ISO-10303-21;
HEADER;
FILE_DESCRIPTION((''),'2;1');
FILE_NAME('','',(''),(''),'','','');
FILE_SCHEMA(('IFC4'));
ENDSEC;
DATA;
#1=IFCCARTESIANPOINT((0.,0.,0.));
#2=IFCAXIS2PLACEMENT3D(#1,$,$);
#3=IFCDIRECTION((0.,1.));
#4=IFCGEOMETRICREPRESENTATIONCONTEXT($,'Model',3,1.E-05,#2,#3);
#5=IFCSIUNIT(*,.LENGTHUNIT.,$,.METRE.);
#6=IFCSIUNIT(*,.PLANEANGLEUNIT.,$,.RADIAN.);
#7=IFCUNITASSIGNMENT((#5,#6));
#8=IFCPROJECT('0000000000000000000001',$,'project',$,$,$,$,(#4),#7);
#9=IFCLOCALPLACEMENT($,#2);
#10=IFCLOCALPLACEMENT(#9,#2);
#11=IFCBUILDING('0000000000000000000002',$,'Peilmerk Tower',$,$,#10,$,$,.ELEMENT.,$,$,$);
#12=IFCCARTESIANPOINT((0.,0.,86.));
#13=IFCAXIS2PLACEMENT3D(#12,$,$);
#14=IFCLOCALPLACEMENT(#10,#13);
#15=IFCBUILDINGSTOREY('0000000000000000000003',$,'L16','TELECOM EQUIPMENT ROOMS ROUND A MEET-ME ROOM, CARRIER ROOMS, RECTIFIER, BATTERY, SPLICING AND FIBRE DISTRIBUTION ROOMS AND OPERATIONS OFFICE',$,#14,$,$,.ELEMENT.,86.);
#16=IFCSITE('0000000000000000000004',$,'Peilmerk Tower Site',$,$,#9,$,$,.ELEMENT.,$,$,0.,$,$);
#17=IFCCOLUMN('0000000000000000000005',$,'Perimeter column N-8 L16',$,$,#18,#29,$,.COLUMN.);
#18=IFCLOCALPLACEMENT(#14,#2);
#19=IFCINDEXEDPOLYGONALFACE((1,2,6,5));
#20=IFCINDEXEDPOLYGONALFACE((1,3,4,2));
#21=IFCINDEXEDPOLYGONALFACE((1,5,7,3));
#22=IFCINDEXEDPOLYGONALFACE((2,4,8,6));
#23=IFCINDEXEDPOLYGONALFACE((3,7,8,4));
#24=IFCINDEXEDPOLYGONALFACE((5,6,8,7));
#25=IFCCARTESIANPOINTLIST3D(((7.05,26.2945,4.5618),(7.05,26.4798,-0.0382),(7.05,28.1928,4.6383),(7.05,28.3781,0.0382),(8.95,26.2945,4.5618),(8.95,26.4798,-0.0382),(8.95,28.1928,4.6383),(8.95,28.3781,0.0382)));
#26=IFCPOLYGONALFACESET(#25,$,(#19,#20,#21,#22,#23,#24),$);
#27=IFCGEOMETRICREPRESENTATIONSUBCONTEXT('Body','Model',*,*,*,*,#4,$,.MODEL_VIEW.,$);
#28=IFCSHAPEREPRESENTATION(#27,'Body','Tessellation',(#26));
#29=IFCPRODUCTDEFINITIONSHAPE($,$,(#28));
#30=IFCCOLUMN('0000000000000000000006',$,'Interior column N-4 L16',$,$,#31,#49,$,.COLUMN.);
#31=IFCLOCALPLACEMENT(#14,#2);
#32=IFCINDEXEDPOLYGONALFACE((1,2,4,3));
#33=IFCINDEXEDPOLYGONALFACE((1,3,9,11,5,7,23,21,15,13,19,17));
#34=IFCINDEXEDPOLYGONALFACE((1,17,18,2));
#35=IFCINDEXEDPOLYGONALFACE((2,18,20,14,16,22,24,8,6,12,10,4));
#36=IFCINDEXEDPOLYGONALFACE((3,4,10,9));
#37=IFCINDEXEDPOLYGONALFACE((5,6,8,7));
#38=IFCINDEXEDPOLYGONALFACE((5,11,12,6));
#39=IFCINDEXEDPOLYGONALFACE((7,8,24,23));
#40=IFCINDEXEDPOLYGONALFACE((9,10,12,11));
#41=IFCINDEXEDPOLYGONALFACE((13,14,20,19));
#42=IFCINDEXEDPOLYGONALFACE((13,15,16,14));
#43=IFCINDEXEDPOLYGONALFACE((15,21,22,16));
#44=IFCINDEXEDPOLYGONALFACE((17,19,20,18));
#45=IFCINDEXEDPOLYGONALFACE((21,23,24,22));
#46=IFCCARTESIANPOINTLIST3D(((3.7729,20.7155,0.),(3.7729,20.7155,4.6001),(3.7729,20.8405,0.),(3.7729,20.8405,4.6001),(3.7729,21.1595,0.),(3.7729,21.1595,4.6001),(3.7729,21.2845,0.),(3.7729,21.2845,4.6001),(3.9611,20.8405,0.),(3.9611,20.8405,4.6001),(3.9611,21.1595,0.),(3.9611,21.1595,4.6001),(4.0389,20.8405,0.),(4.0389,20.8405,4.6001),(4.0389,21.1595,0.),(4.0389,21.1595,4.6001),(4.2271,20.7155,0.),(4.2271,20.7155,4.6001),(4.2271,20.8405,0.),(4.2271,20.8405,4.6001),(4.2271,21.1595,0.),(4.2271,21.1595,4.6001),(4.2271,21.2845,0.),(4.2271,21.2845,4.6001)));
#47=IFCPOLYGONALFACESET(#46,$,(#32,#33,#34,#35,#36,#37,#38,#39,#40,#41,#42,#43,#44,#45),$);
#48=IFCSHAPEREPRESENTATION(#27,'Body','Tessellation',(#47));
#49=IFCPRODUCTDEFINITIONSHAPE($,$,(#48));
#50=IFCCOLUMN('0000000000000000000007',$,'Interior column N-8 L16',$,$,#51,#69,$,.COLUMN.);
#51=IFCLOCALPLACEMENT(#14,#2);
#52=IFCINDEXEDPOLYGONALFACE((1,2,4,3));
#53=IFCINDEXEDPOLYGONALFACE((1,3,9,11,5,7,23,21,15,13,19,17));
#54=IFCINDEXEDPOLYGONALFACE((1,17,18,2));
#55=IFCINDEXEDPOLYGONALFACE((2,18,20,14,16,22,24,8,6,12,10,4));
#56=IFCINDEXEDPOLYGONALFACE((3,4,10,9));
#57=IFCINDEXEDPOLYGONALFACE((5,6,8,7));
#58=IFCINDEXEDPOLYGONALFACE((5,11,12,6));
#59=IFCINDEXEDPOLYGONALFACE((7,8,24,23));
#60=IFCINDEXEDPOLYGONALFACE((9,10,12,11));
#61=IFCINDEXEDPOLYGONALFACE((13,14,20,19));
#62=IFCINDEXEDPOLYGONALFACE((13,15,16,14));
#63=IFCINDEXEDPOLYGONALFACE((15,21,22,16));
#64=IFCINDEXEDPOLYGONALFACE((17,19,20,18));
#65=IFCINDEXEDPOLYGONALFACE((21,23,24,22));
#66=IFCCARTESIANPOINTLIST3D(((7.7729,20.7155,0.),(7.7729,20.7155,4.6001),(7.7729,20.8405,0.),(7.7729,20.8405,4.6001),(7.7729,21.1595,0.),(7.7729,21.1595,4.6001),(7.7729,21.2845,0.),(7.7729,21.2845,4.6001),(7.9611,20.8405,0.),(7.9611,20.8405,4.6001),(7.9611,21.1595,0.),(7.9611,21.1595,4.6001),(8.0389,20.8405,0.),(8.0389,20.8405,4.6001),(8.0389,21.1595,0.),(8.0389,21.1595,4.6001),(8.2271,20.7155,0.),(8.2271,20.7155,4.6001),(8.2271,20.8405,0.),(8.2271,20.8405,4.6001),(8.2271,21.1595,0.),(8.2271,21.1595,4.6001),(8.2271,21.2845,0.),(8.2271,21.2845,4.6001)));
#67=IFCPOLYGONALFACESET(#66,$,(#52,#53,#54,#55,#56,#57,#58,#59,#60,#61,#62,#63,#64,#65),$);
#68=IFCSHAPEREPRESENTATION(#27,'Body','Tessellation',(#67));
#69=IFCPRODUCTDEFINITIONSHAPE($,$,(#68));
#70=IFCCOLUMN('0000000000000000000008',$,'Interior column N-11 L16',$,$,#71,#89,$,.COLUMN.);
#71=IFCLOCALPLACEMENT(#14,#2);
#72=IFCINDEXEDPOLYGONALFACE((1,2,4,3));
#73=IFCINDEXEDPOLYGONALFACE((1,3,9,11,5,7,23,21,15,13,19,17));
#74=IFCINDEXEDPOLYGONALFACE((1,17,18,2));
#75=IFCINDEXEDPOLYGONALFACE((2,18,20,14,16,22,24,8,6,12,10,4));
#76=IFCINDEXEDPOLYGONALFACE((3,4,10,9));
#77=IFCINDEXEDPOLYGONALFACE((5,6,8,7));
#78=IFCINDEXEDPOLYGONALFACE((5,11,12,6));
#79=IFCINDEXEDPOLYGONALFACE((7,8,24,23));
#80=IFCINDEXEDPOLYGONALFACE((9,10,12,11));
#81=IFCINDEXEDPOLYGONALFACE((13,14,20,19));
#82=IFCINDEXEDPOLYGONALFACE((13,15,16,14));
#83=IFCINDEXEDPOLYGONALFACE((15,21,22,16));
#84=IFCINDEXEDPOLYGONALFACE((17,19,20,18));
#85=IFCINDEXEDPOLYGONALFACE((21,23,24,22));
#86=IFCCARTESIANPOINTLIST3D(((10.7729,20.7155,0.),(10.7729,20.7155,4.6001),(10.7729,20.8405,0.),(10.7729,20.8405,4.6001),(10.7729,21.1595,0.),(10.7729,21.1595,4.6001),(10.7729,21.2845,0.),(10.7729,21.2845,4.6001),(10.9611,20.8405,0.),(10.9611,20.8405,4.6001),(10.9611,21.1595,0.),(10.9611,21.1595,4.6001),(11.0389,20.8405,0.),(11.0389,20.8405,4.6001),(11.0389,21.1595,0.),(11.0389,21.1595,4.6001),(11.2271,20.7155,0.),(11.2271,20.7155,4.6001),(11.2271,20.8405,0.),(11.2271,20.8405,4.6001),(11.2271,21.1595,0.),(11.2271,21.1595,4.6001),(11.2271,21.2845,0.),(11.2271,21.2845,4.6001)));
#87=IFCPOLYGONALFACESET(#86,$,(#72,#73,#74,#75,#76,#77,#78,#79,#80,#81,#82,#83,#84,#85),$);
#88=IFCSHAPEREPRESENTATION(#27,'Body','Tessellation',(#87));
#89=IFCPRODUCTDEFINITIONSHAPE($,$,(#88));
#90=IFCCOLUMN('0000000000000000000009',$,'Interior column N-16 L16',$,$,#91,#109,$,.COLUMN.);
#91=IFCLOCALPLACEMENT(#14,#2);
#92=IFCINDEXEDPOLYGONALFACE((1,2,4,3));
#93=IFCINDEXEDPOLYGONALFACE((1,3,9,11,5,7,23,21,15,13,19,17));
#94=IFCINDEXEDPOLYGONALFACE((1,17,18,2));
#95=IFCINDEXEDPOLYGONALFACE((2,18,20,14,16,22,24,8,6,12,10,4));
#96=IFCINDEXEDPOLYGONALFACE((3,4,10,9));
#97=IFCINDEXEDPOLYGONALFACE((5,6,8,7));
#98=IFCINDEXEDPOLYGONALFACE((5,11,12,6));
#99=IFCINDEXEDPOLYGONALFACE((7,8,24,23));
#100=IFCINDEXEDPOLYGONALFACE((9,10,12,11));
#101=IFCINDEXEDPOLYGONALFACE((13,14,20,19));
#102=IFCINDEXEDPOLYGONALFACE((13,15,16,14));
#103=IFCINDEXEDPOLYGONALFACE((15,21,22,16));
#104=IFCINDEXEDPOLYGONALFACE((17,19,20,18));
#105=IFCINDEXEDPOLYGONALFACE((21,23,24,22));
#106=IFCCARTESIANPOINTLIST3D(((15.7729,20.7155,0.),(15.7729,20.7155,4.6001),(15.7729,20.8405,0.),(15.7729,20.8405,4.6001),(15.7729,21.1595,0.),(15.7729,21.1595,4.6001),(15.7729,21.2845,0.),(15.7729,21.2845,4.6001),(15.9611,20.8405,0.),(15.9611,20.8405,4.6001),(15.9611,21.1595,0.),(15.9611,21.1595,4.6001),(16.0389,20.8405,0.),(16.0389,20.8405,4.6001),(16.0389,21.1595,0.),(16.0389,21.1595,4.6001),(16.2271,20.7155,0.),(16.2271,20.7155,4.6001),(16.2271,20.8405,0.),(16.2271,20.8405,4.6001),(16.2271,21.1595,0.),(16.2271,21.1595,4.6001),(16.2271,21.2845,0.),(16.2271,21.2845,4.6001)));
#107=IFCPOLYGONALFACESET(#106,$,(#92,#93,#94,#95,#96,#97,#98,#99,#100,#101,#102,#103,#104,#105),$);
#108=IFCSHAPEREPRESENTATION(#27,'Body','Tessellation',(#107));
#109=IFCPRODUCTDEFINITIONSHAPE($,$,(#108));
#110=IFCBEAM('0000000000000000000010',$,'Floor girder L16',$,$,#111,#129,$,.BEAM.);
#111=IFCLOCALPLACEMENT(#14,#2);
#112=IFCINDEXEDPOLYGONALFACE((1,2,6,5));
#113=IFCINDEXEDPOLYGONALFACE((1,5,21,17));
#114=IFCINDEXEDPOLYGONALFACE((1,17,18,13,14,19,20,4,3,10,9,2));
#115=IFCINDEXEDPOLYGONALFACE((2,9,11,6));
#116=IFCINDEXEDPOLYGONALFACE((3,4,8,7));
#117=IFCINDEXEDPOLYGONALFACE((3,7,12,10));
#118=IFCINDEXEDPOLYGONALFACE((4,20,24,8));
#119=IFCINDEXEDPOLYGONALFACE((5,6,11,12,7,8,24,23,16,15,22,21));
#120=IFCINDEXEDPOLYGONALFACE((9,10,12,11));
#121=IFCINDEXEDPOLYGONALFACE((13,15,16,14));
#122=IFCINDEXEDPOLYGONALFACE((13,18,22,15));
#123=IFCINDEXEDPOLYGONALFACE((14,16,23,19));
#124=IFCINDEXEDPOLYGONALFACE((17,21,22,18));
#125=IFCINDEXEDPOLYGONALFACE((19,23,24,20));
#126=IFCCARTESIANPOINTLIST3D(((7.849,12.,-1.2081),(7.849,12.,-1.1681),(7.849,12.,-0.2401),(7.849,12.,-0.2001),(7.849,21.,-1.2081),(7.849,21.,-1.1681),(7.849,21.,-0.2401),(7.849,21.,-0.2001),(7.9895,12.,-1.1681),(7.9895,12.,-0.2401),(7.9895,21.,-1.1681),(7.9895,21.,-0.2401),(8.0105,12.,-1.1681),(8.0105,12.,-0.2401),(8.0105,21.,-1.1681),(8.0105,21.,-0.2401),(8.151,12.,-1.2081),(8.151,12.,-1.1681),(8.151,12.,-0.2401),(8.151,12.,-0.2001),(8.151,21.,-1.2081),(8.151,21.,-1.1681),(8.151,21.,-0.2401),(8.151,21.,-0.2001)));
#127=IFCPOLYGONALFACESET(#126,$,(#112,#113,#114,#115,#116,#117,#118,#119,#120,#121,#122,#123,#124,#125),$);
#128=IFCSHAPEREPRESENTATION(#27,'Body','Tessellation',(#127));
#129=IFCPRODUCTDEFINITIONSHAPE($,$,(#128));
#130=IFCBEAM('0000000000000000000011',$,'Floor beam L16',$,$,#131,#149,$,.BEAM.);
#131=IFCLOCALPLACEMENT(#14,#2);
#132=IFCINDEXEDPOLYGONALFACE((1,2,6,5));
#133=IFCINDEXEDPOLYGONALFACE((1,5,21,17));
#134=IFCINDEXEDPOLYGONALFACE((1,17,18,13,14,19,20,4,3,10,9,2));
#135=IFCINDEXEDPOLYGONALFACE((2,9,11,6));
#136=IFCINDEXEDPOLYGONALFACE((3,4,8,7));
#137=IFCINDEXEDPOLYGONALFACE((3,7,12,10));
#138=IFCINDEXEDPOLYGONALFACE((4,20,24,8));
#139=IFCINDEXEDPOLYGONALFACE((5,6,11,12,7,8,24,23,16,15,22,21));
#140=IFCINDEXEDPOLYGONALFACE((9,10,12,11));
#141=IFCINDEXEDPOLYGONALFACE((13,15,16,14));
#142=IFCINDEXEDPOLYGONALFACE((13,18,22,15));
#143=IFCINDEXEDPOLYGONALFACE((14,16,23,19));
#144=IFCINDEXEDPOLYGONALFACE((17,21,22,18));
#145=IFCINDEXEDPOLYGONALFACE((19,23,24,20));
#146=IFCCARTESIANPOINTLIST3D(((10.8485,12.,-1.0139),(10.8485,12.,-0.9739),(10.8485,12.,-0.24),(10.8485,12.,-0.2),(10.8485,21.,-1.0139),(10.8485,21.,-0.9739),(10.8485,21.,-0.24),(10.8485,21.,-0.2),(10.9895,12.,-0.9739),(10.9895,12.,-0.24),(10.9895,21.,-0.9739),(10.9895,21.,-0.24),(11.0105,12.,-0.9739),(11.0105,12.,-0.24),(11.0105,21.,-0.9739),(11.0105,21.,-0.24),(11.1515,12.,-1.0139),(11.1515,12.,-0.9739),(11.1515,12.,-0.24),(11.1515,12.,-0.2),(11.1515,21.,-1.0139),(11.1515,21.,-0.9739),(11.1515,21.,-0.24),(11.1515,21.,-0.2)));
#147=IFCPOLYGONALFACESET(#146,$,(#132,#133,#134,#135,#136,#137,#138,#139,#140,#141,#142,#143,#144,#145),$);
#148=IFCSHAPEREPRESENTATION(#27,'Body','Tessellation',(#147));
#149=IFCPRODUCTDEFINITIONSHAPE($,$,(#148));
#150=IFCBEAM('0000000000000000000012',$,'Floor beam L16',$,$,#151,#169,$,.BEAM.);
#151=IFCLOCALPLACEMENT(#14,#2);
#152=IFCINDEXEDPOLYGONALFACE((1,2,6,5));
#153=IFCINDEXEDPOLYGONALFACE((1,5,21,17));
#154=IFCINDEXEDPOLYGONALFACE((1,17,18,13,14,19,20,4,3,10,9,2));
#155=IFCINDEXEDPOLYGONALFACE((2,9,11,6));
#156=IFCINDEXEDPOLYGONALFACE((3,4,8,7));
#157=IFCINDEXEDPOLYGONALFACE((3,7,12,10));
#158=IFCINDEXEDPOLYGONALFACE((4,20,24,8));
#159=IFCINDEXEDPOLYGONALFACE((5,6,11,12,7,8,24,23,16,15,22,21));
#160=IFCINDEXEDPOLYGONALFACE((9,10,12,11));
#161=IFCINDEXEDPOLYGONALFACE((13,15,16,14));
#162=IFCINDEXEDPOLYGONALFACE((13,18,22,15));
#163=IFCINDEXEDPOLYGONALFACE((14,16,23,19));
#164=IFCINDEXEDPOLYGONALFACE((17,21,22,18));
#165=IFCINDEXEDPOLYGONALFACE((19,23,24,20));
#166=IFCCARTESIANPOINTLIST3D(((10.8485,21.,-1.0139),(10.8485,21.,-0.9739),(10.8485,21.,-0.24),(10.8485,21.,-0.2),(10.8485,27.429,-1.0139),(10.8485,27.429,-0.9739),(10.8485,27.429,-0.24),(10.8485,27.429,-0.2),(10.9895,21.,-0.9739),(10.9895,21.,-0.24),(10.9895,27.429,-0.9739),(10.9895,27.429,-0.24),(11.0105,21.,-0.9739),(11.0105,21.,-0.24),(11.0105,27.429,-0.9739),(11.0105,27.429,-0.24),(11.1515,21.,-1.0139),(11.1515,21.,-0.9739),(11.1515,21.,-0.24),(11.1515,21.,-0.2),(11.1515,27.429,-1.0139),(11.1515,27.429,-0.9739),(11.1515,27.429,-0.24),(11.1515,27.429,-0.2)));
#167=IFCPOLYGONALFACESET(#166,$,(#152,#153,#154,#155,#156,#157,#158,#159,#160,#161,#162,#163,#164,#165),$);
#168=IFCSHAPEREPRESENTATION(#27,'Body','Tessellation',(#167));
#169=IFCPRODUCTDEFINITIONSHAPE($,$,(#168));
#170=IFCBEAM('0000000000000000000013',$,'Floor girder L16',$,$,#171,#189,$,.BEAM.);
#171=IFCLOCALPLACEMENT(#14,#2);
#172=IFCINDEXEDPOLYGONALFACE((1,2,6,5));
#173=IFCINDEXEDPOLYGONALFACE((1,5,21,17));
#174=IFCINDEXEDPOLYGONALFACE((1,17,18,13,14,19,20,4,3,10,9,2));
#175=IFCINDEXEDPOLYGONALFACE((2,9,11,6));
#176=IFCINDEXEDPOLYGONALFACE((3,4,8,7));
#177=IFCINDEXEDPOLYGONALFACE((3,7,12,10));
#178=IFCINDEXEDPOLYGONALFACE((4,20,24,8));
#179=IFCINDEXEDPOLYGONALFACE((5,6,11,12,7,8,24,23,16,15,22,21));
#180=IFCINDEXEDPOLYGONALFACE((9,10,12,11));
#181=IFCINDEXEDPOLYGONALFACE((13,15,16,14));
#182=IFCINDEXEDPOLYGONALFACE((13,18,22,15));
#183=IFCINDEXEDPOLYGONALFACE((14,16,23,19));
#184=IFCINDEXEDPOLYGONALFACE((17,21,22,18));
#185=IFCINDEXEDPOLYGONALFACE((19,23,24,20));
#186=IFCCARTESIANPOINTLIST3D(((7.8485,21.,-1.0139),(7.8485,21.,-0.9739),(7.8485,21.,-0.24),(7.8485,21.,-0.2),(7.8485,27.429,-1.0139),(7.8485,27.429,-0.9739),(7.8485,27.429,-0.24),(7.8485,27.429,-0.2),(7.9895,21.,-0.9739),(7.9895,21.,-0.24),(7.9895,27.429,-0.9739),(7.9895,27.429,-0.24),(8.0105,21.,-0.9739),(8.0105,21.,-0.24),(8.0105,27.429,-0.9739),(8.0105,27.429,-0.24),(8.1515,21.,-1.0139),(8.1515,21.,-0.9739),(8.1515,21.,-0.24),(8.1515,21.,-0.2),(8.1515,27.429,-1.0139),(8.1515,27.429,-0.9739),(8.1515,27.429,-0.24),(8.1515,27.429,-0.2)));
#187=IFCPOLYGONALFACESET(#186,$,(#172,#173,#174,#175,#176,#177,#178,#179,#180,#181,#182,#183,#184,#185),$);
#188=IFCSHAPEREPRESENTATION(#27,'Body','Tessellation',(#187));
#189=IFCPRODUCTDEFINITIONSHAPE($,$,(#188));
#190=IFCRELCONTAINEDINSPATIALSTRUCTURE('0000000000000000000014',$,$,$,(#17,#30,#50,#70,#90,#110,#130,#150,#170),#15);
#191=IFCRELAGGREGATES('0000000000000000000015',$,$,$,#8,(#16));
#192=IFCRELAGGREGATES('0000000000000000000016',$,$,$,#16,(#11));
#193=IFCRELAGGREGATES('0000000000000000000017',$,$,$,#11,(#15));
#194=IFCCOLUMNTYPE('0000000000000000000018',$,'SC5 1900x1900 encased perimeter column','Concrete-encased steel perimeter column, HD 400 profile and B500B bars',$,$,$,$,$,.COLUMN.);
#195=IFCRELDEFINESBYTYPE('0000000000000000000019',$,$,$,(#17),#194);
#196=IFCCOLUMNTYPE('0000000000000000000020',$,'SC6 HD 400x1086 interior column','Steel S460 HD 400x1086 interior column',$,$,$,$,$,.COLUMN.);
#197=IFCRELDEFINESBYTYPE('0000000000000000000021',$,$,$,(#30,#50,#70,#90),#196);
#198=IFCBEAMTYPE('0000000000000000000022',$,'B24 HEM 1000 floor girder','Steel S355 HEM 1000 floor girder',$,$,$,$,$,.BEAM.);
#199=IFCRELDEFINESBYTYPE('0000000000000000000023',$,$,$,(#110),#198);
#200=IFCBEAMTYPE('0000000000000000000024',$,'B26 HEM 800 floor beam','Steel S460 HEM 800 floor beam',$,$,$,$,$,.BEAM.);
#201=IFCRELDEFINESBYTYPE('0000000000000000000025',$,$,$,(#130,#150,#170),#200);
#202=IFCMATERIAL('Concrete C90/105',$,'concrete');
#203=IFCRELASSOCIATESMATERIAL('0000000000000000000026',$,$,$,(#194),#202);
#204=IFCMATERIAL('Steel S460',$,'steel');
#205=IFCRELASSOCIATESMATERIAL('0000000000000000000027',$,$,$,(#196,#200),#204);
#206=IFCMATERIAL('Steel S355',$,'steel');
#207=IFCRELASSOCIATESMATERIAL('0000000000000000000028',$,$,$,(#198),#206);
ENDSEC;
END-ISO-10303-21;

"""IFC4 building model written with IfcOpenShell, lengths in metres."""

from ifc_helpers import new_model, si_unit, direction, frame, origin, origin_2d, place, context, subcontext, project, spatial, rectangle, i_section, extrude, material, material_profile, profile_set, type_object, element, save


model = new_model("IFC4")

# Units and contexts
model_context = context("Model", 3, precision=1e-05, world=origin(), true_north=direction((0.0, 1.0)))
body_context = subcontext(model_context, "Body", "Model", "MODEL_VIEW")
ifc_project = project(units=[si_unit("LENGTHUNIT", "METRE"), si_unit("PLANEANGLEUNIT", "RADIAN")], contexts=[model_context])

# Site, building, storey
site_placement = place(None, origin())
site = spatial("IfcSite", under=ifc_project, at=site_placement, Name="Peilmerk Tower Site", CompositionType="ELEMENT", RefElevation=0.0)
building_placement = place(site_placement, origin())
building = spatial("IfcBuilding", under=site, at=building_placement, Name="Peilmerk Tower", CompositionType="ELEMENT")
storey_placement = place(building_placement, frame((0.0, 0.0, 86.0)))
storey = spatial("IfcBuildingStorey", under=building, at=storey_placement, Name="L16", Description="TELECOM EQUIPMENT ROOMS ROUND A MEET-ME ROOM, CARRIER ROOMS, RECTIFIER, BATTERY, SPLICING AND FIBRE DISTRIBUTION ROOMS AND OPERATIONS OFFICE", CompositionType="ELEMENT", Elevation=86.0)

# Columns
ifc_material_1 = material(Name="Concrete C90/105", Category="concrete")
ifc_material_profile_1 = material_profile(ifc_material_1, rectangle(XDim=1.8999, YDim=1.8999, at=origin_2d()), Name="RC 1900x1900")
ifc_profile_set_1 = profile_set([ifc_material_profile_1], Name="Concrete C90/105")
column_type_1 = type_object("IfcColumnType", Name="SC5 1900x1900 encased perimeter column", Description="Concrete-encased steel perimeter column, HD 400 profile and B500B bars", PredefinedType="COLUMN", material=ifc_profile_set_1)
column_placement = place(storey_placement, frame((8.0, 27.429, 0.0), z_axis=(0.0, -0.04025, 0.99919), x_axis=(1.0, 0.0, 0.0)))
element("IfcColumn", 1, at=column_placement, inside=storey, type_object=column_type_1, Name="Perimeter column N-8 L16", PredefinedType="COLUMN", context=body_context, shape_type="SweptSolid", body=[
    extrude(rectangle(XDim=1.8999, YDim=1.8999, at=origin_2d()), origin(), (0.0, 0.0, 1.0), 4.6038),
])
ifc_material_2 = material(Name="Steel S460", Category="steel")
ifc_material_profile_2 = material_profile(ifc_material_2, i_section(OverallWidth=0.4541, OverallDepth=0.5691, WebThickness=0.0779, FlangeThickness=0.125, at=origin_2d()), Name="HD 400x1086")
ifc_profile_set_2 = profile_set([ifc_material_profile_2], Name="Steel S460")
column_type_2 = type_object("IfcColumnType", Name="SC6 HD 400x1086 interior column", Description="Steel S460 HD 400x1086 interior column", PredefinedType="COLUMN", material=ifc_profile_set_2)
for number, where, z_axis, x_axis, name in (
    (2, (4.0, 21.0, 0.0), (0.0, 0.0, 1.0), (1.0, 0.0, 0.0), "Interior column N-4 L16"),
    (3, (8.0, 21.0, 0.0), (0.0, 0.0, 1.0), (1.0, 0.0, 0.0), "Interior column N-8 L16"),
    (4, (11.0, 21.0, 0.0), (0.0, 0.0, 1.0), (1.0, 0.0, 0.0), "Interior column N-11 L16"),
    (5, (16.0, 21.0, 0.0), (0.0, 0.0, 1.0), (1.0, 0.0, 0.0), "Interior column N-16 L16"),
):
    element("IfcColumn", number, at=place(storey_placement, frame(where, z_axis=z_axis, x_axis=x_axis)), inside=storey, type_object=column_type_2, Name=name, PredefinedType="COLUMN", context=body_context, shape_type="SweptSolid", body=[
        extrude(i_section(OverallWidth=0.4541, OverallDepth=0.5691, WebThickness=0.0779, FlangeThickness=0.125, at=origin_2d()), origin(), (0.0, 0.0, 1.0), 4.6001),
    ])

# Beams
ifc_material_3 = material(Name="Steel S355", Category="steel")
ifc_material_profile_3 = material_profile(ifc_material_3, i_section(OverallWidth=0.302, OverallDepth=1.0081, WebThickness=0.021, FlangeThickness=0.04, at=origin_2d()), Name="HEM 1000")
ifc_profile_set_3 = profile_set([ifc_material_profile_3], Name="Steel S355")
beam_type_1 = type_object("IfcBeamType", Name="B24 HEM 1000 floor girder", Description="Steel S355 HEM 1000 floor girder", PredefinedType="BEAM", material=ifc_profile_set_3)
beam_1_placement = place(storey_placement, frame((8.0, 12.0, -0.7041), z_axis=(0.0, 1.0, 0.0), x_axis=(-1.0, 0.0, 0.0)))
element("IfcBeam", 6, at=beam_1_placement, inside=storey, type_object=beam_type_1, Name="Floor girder L16", PredefinedType="BEAM", context=body_context, shape_type="SweptSolid", body=[
    extrude(i_section(OverallWidth=0.302, OverallDepth=1.0081, WebThickness=0.021, FlangeThickness=0.04, at=origin_2d()), origin(), (0.0, 0.0, 1.0), 9.0),
])
ifc_material_profile_4 = material_profile(ifc_material_2, i_section(OverallWidth=0.303, OverallDepth=0.814, WebThickness=0.021, FlangeThickness=0.04, at=origin_2d()), Name="HEM 800")
ifc_profile_set_4 = profile_set([ifc_material_profile_4], Name="Steel S460")
beam_type_2 = type_object("IfcBeamType", Name="B26 HEM 800 floor beam", Description="Steel S460 HEM 800 floor beam", PredefinedType="BEAM", material=ifc_profile_set_4)
beam_2_placement = place(storey_placement, frame((11.0, 12.0, -0.6069), z_axis=(0.0, 1.0, 0.0), x_axis=(-1.0, 0.0, 0.0)))
element("IfcBeam", 7, at=beam_2_placement, inside=storey, type_object=beam_type_2, Name="Floor beam L16", PredefinedType="BEAM", context=body_context, shape_type="SweptSolid", body=[
    extrude(i_section(OverallWidth=0.303, OverallDepth=0.814, WebThickness=0.021, FlangeThickness=0.04, at=origin_2d()), origin(), (0.0, 0.0, 1.0), 9.0),
])
for number, where, z_axis, x_axis, name in (
    (8, (11.0, 21.0, -0.6069), (0.0, 1.0, 0.0), (-1.0, 0.0, 0.0), "Floor beam L16"),
    (9, (8.0, 21.0, -0.6069), (0.0, 1.0, 0.0), (-1.0, 0.0, 0.0), "Floor girder L16"),
):
    element("IfcBeam", number, at=place(storey_placement, frame(where, z_axis=z_axis, x_axis=x_axis)), inside=storey, type_object=beam_type_2, Name=name, PredefinedType="BEAM", context=body_context, shape_type="SweptSolid", body=[
        extrude(i_section(OverallWidth=0.303, OverallDepth=0.814, WebThickness=0.021, FlangeThickness=0.04, at=origin_2d()), origin(), (0.0, 0.0, 1.0), 6.429),
    ])

save(model, "model.ifc")
